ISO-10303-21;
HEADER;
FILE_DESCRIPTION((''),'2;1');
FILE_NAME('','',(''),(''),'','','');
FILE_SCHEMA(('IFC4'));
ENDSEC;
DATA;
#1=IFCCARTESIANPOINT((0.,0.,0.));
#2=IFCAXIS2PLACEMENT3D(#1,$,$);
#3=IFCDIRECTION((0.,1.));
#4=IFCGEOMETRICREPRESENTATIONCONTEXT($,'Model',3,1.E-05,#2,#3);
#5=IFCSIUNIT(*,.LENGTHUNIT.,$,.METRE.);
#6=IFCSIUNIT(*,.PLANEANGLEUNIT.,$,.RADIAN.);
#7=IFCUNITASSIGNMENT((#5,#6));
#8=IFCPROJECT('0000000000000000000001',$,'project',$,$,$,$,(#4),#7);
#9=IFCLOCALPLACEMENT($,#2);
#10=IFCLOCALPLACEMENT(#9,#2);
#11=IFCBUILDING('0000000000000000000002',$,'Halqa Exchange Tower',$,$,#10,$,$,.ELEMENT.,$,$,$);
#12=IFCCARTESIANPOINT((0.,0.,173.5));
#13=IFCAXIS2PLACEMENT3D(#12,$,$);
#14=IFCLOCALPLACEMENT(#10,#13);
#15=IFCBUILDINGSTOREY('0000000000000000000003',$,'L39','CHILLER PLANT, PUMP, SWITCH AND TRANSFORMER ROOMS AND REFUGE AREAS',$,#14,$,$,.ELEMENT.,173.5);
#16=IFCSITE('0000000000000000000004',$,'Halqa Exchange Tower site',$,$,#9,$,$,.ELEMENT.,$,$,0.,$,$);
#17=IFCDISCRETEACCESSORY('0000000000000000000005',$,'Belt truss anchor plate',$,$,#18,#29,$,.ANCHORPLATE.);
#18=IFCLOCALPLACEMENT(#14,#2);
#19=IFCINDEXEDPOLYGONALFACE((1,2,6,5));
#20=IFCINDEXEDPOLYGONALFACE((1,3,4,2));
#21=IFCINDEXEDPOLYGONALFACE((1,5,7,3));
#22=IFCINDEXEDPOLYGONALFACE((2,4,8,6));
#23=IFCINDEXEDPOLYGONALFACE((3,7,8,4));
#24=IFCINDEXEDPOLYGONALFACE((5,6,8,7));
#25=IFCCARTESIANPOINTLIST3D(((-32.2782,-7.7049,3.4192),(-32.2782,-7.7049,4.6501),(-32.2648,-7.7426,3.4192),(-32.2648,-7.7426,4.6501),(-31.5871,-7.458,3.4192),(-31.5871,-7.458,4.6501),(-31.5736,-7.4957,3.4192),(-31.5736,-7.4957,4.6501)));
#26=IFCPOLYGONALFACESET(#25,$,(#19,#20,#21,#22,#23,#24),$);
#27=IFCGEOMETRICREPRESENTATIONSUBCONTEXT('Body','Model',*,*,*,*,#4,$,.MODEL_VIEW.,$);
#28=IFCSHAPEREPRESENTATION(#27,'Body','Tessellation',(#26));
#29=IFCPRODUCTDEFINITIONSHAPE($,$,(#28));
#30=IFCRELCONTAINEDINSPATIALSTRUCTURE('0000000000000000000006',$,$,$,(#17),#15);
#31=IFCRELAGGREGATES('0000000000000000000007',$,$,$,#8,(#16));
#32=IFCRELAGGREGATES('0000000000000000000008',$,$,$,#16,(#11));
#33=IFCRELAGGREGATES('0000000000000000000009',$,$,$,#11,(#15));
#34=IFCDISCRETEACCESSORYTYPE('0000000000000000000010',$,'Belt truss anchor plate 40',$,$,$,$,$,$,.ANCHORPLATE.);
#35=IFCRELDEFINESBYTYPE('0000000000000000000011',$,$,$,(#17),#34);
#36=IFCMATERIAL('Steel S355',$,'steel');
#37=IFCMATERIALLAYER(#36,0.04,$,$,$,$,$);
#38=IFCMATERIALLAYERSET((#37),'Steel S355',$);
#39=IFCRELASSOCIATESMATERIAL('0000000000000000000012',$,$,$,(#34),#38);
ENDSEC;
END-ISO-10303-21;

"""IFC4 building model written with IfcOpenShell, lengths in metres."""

from ifc_helpers import new_model, si_unit, direction, frame, origin, origin_2d, place, context, subcontext, project, spatial, rectangle, extrude, material, layer, layer_set, type_object, element, save


model = new_model("IFC4")

# Units and contexts
model_context = context("Model", 3, precision=1e-05, world=origin(), true_north=direction((0.0, 1.0)))
body_context = subcontext(model_context, "Body", "Model", "MODEL_VIEW")
ifc_project = project(units=[si_unit("LENGTHUNIT", "METRE"), si_unit("PLANEANGLEUNIT", "RADIAN")], contexts=[model_context])

# Site, building, storey
site_placement = place(None, origin())
site = spatial("IfcSite", under=ifc_project, at=site_placement, Name="Halqa Exchange Tower site", CompositionType="ELEMENT", RefElevation=0.0)
building_placement = place(site_placement, origin())
building = spatial("IfcBuilding", under=site, at=building_placement, Name="Halqa Exchange Tower", CompositionType="ELEMENT")
storey_placement = place(building_placement, frame((0.0, 0.0, 173.5)))
storey = spatial("IfcBuildingStorey", under=building, at=storey_placement, Name="L39", Description="CHILLER PLANT, PUMP, SWITCH AND TRANSFORMER ROOMS AND REFUGE AREAS", CompositionType="ELEMENT", Elevation=173.5)

# Shared definitions
ifc_material_1 = material(Name="Steel S355", Category="steel")

# Discrete accessory
ifc_layer_1 = layer(ifc_material_1, 0.04)
ifc_layer_set_1 = layer_set([ifc_layer_1], Name="Steel S355")
discrete_accessory_type = type_object("IfcDiscreteAccessoryType", Name="Belt truss anchor plate 40", PredefinedType="ANCHORPLATE", material=ifc_layer_set_1)
discrete_accessory_1_placement = place(storey_placement, frame((-31.9192, -7.6191, 4.0347), z_axis=(-0.336336, 0.941742, 0.0), x_axis=(-0.941742, -0.336336, 0.0)))
element("IfcDiscreteAccessory", 1, at=discrete_accessory_1_placement, inside=storey, type_object=discrete_accessory_type, Name="Belt truss anchor plate", PredefinedType="ANCHORPLATE", context=body_context, shape_type="SweptSolid", body=[
    extrude(rectangle(XDim=0.7339, YDim=1.231, at=origin_2d()), origin(), (0.0, 0.0, 1.0), 0.04),
])

save(model, "model.ifc")
